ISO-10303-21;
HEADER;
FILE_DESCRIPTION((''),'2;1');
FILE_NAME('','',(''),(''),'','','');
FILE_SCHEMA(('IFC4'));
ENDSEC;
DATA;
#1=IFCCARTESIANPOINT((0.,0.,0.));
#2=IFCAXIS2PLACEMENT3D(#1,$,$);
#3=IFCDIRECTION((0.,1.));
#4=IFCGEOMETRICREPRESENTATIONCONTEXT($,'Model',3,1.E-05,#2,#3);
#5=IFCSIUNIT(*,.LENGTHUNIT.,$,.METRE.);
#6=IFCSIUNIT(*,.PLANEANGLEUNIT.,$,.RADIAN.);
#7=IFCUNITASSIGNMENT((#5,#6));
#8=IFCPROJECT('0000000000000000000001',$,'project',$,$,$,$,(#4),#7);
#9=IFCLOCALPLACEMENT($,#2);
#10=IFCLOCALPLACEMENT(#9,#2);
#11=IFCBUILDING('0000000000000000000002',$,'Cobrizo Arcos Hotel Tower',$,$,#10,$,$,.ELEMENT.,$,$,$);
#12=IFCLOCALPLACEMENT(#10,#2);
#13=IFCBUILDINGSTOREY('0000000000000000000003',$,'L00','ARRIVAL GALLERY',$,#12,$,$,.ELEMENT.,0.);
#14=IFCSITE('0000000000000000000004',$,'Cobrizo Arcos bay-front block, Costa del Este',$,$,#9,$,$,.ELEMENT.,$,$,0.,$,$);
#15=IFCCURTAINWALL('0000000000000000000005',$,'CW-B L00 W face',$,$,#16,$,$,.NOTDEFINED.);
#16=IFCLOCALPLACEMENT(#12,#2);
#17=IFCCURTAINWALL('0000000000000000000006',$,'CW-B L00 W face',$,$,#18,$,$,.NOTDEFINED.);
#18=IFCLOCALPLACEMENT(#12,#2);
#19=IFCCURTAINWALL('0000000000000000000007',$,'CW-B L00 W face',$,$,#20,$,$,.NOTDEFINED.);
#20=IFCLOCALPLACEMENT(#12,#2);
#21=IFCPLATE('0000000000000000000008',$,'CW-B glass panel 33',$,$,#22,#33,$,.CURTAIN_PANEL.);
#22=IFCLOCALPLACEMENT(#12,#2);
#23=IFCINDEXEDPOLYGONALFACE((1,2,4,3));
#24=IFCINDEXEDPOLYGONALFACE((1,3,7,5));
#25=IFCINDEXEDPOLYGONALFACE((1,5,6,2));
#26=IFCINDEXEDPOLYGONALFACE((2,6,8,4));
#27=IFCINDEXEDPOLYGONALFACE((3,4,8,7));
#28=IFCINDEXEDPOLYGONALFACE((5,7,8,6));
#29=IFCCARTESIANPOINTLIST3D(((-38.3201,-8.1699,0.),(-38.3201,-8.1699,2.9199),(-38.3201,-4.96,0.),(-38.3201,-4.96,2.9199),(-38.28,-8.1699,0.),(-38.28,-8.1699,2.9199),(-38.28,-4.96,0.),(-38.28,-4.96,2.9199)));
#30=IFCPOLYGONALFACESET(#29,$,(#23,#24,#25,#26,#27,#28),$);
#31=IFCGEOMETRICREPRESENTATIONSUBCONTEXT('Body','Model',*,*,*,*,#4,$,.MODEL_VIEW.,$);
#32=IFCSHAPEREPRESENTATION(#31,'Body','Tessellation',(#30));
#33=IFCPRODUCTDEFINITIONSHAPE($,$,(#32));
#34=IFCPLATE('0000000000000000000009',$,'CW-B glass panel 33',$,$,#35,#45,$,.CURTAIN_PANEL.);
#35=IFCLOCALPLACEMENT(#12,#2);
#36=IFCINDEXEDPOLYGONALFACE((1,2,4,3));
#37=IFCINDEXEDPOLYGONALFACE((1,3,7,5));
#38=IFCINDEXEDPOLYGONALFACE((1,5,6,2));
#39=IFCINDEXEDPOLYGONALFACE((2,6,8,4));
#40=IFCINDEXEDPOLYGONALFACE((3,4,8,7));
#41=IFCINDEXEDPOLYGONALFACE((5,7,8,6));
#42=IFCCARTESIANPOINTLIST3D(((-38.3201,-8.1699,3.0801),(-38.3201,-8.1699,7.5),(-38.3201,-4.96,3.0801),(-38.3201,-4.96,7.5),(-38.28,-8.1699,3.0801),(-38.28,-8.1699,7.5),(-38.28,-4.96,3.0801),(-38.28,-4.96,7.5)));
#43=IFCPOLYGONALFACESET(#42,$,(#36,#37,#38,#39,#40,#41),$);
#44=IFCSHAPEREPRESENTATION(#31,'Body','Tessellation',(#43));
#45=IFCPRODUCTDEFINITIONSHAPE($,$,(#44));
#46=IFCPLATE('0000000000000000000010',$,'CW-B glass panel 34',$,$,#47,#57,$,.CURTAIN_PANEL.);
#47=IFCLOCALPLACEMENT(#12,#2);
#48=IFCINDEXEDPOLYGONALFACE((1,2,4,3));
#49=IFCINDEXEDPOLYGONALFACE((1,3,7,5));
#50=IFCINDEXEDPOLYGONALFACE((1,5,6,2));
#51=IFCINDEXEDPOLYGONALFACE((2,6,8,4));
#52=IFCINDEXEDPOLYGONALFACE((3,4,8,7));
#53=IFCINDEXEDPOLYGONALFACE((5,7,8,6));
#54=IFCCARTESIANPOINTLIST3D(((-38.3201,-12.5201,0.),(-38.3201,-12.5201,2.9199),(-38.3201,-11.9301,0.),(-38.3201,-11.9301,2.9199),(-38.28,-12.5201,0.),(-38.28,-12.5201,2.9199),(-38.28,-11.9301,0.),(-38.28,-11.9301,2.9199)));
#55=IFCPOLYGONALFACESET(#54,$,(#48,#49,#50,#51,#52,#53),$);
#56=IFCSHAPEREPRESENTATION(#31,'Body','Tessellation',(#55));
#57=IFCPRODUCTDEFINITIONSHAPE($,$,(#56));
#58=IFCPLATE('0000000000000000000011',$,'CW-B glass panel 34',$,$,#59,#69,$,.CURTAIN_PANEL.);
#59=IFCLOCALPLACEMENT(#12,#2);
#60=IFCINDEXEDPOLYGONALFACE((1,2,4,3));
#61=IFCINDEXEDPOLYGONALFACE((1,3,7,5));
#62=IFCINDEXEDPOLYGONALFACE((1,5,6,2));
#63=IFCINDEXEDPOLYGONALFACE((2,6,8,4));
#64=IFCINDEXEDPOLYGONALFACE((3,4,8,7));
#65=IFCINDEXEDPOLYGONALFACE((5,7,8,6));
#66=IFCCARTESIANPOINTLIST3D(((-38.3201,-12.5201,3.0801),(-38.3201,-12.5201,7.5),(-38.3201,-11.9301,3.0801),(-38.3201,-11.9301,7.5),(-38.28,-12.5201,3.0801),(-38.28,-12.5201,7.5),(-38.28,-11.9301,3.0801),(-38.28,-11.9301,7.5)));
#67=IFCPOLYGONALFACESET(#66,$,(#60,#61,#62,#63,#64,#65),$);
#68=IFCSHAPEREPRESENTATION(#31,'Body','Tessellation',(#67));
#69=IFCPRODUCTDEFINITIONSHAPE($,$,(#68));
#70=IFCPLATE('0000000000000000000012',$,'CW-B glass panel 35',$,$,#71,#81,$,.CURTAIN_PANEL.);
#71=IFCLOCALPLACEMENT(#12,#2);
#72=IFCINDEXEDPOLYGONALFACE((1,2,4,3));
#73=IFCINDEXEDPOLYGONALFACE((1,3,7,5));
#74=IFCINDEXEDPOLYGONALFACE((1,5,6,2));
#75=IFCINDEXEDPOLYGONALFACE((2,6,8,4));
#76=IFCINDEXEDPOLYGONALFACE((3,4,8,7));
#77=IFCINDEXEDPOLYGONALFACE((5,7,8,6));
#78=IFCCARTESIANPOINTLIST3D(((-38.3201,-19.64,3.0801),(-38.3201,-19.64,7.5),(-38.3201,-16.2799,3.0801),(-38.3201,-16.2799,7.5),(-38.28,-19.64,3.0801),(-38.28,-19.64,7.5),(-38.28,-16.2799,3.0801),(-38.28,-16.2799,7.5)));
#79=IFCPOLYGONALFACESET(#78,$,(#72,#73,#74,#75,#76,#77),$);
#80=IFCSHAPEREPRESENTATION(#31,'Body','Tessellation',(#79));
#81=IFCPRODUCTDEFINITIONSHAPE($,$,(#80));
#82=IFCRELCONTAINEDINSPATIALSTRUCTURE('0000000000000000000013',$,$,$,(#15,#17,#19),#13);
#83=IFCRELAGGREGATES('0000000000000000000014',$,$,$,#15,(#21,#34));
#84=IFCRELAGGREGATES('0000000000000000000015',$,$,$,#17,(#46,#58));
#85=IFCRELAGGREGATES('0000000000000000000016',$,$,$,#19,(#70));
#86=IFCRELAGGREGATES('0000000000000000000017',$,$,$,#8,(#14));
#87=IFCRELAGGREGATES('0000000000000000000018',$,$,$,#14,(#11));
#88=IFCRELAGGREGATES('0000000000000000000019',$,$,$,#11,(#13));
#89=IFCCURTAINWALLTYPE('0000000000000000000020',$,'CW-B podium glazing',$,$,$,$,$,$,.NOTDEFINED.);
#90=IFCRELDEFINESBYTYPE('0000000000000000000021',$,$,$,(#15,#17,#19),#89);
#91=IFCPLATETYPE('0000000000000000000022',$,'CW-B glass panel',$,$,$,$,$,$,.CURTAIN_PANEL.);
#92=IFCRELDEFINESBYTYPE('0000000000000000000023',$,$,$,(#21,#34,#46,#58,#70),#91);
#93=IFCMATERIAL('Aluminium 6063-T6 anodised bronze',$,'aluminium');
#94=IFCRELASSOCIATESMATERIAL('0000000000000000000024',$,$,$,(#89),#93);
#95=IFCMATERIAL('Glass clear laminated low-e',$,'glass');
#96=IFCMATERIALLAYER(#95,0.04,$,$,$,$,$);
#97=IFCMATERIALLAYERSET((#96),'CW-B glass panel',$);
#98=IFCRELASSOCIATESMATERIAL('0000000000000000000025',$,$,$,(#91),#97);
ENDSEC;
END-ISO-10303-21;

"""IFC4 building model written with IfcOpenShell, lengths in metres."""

from ifc_helpers import new_model, si_unit, direction, frame, origin, origin_2d, place, context, subcontext, project, spatial, rectangle, extrude, material, layer, layer_set, type_object, element, aggregate, save


model = new_model("IFC4")

# Units and contexts
model_context = context("Model", 3, precision=1e-05, world=origin(), true_north=direction((0.0, 1.0)))
body_context = subcontext(model_context, "Body", "Model", "MODEL_VIEW")
ifc_project = project(units=[si_unit("LENGTHUNIT", "METRE"), si_unit("PLANEANGLEUNIT", "RADIAN")], contexts=[model_context])

# Site, building, storey
site_placement = place(None, origin())
site = spatial("IfcSite", under=ifc_project, at=site_placement, Name="Cobrizo Arcos bay-front block, Costa del Este", CompositionType="ELEMENT", RefElevation=0.0)
building_placement = place(site_placement, origin())
building = spatial("IfcBuilding", under=site, at=building_placement, Name="Cobrizo Arcos Hotel Tower", CompositionType="ELEMENT")
storey_placement = place(building_placement, origin())
storey = spatial("IfcBuildingStorey", under=building, at=storey_placement, Name="L00", Description="ARRIVAL GALLERY", CompositionType="ELEMENT", Elevation=0.0)

# Curtain walls
ifc_material_1 = material(Name="Aluminium 6063-T6 anodised bronze", Category="aluminium")
curtain_wall_type = type_object("IfcCurtainWallType", Name="CW-B podium glazing", PredefinedType="NOTDEFINED", material=ifc_material_1)
curtain_wall_1_placement = place(storey_placement, origin())
curtain_wall_1 = element("IfcCurtainWall", 1, at=curtain_wall_1_placement, inside=storey, type_object=curtain_wall_type, Name="CW-B L00 W face", PredefinedType="NOTDEFINED")
curtain_wall_2_placement = place(storey_placement, origin())
curtain_wall_2 = element("IfcCurtainWall", 2, at=curtain_wall_2_placement, inside=storey, type_object=curtain_wall_type, Name="CW-B L00 W face", PredefinedType="NOTDEFINED")

# Curtain wall
curtain_wall_3_placement = place(storey_placement, origin())
curtain_wall_3 = element("IfcCurtainWall", 3, at=curtain_wall_3_placement, inside=storey, type_object=curtain_wall_type, Name="CW-B L00 W face", PredefinedType="NOTDEFINED")

# Plates
ifc_material_2 = material(Name="Glass clear laminated low-e", Category="glass")
ifc_layer_1 = layer(ifc_material_2, 0.04)
ifc_layer_set_1 = layer_set([ifc_layer_1], Name="CW-B glass panel")
plate_type = type_object("IfcPlateType", Name="CW-B glass panel", PredefinedType="CURTAIN_PANEL", material=ifc_layer_set_1)
plate_1_placement = place(storey_placement, frame((-38.3, -6.5649, 0.0), z_axis=(0.0, 0.0, 1.0), x_axis=(0.0, -1.0, 0.0)))
plate_1 = element("IfcPlate", 4, at=plate_1_placement, type_object=plate_type, Name="CW-B glass panel 33", PredefinedType="CURTAIN_PANEL", context=body_context, shape_type="SweptSolid", body=[
    extrude(rectangle(XDim=3.21, YDim=0.04, at=origin_2d()), origin(), (0.0, 0.0, 1.0), 2.9199),
])
plate_2_placement = place(storey_placement, frame((-38.3, -6.5649, 3.0801), z_axis=(0.0, 0.0, 1.0), x_axis=(0.0, -1.0, 0.0)))
plate_2 = element("IfcPlate", 5, at=plate_2_placement, type_object=plate_type, Name="CW-B glass panel 33", PredefinedType="CURTAIN_PANEL", context=body_context, shape_type="SweptSolid", body=[
    extrude(rectangle(XDim=3.21, YDim=0.04, at=origin_2d()), origin(), (0.0, 0.0, 1.0), 4.4199),
])
aggregate(curtain_wall_1, [plate_1, plate_2])
plate_3_placement = place(storey_placement, frame((-38.3, -12.2251, 0.0), z_axis=(0.0, 0.0, 1.0), x_axis=(0.0, -1.0, 0.0)))
plate_3 = element("IfcPlate", 6, at=plate_3_placement, type_object=plate_type, Name="CW-B glass panel 34", PredefinedType="CURTAIN_PANEL", context=body_context, shape_type="SweptSolid", body=[
    extrude(rectangle(XDim=0.5901, YDim=0.04, at=origin_2d()), origin(), (0.0, 0.0, 1.0), 2.9199),
])
plate_4_placement = place(storey_placement, frame((-38.3, -12.2251, 3.0801), z_axis=(0.0, 0.0, 1.0), x_axis=(0.0, -1.0, 0.0)))
plate_4 = element("IfcPlate", 7, at=plate_4_placement, type_object=plate_type, Name="CW-B glass panel 34", PredefinedType="CURTAIN_PANEL", context=body_context, shape_type="SweptSolid", body=[
    extrude(rectangle(XDim=0.5901, YDim=0.04, at=origin_2d()), origin(), (0.0, 0.0, 1.0), 4.4199),
])
aggregate(curtain_wall_2, [plate_3, plate_4])
plate_5_placement = place(storey_placement, frame((-38.3, -17.96, 3.0801), z_axis=(0.0, 0.0, 1.0), x_axis=(0.0, -1.0, 0.0)))
plate_5 = element("IfcPlate", 8, at=plate_5_placement, type_object=plate_type, Name="CW-B glass panel 35", PredefinedType="CURTAIN_PANEL", context=body_context, shape_type="SweptSolid", body=[
    extrude(rectangle(XDim=3.3601, YDim=0.04, at=origin_2d()), origin(), (0.0, 0.0, 1.0), 4.4199),
])
aggregate(curtain_wall_3, [plate_5])

save(model, "model.ifc")
